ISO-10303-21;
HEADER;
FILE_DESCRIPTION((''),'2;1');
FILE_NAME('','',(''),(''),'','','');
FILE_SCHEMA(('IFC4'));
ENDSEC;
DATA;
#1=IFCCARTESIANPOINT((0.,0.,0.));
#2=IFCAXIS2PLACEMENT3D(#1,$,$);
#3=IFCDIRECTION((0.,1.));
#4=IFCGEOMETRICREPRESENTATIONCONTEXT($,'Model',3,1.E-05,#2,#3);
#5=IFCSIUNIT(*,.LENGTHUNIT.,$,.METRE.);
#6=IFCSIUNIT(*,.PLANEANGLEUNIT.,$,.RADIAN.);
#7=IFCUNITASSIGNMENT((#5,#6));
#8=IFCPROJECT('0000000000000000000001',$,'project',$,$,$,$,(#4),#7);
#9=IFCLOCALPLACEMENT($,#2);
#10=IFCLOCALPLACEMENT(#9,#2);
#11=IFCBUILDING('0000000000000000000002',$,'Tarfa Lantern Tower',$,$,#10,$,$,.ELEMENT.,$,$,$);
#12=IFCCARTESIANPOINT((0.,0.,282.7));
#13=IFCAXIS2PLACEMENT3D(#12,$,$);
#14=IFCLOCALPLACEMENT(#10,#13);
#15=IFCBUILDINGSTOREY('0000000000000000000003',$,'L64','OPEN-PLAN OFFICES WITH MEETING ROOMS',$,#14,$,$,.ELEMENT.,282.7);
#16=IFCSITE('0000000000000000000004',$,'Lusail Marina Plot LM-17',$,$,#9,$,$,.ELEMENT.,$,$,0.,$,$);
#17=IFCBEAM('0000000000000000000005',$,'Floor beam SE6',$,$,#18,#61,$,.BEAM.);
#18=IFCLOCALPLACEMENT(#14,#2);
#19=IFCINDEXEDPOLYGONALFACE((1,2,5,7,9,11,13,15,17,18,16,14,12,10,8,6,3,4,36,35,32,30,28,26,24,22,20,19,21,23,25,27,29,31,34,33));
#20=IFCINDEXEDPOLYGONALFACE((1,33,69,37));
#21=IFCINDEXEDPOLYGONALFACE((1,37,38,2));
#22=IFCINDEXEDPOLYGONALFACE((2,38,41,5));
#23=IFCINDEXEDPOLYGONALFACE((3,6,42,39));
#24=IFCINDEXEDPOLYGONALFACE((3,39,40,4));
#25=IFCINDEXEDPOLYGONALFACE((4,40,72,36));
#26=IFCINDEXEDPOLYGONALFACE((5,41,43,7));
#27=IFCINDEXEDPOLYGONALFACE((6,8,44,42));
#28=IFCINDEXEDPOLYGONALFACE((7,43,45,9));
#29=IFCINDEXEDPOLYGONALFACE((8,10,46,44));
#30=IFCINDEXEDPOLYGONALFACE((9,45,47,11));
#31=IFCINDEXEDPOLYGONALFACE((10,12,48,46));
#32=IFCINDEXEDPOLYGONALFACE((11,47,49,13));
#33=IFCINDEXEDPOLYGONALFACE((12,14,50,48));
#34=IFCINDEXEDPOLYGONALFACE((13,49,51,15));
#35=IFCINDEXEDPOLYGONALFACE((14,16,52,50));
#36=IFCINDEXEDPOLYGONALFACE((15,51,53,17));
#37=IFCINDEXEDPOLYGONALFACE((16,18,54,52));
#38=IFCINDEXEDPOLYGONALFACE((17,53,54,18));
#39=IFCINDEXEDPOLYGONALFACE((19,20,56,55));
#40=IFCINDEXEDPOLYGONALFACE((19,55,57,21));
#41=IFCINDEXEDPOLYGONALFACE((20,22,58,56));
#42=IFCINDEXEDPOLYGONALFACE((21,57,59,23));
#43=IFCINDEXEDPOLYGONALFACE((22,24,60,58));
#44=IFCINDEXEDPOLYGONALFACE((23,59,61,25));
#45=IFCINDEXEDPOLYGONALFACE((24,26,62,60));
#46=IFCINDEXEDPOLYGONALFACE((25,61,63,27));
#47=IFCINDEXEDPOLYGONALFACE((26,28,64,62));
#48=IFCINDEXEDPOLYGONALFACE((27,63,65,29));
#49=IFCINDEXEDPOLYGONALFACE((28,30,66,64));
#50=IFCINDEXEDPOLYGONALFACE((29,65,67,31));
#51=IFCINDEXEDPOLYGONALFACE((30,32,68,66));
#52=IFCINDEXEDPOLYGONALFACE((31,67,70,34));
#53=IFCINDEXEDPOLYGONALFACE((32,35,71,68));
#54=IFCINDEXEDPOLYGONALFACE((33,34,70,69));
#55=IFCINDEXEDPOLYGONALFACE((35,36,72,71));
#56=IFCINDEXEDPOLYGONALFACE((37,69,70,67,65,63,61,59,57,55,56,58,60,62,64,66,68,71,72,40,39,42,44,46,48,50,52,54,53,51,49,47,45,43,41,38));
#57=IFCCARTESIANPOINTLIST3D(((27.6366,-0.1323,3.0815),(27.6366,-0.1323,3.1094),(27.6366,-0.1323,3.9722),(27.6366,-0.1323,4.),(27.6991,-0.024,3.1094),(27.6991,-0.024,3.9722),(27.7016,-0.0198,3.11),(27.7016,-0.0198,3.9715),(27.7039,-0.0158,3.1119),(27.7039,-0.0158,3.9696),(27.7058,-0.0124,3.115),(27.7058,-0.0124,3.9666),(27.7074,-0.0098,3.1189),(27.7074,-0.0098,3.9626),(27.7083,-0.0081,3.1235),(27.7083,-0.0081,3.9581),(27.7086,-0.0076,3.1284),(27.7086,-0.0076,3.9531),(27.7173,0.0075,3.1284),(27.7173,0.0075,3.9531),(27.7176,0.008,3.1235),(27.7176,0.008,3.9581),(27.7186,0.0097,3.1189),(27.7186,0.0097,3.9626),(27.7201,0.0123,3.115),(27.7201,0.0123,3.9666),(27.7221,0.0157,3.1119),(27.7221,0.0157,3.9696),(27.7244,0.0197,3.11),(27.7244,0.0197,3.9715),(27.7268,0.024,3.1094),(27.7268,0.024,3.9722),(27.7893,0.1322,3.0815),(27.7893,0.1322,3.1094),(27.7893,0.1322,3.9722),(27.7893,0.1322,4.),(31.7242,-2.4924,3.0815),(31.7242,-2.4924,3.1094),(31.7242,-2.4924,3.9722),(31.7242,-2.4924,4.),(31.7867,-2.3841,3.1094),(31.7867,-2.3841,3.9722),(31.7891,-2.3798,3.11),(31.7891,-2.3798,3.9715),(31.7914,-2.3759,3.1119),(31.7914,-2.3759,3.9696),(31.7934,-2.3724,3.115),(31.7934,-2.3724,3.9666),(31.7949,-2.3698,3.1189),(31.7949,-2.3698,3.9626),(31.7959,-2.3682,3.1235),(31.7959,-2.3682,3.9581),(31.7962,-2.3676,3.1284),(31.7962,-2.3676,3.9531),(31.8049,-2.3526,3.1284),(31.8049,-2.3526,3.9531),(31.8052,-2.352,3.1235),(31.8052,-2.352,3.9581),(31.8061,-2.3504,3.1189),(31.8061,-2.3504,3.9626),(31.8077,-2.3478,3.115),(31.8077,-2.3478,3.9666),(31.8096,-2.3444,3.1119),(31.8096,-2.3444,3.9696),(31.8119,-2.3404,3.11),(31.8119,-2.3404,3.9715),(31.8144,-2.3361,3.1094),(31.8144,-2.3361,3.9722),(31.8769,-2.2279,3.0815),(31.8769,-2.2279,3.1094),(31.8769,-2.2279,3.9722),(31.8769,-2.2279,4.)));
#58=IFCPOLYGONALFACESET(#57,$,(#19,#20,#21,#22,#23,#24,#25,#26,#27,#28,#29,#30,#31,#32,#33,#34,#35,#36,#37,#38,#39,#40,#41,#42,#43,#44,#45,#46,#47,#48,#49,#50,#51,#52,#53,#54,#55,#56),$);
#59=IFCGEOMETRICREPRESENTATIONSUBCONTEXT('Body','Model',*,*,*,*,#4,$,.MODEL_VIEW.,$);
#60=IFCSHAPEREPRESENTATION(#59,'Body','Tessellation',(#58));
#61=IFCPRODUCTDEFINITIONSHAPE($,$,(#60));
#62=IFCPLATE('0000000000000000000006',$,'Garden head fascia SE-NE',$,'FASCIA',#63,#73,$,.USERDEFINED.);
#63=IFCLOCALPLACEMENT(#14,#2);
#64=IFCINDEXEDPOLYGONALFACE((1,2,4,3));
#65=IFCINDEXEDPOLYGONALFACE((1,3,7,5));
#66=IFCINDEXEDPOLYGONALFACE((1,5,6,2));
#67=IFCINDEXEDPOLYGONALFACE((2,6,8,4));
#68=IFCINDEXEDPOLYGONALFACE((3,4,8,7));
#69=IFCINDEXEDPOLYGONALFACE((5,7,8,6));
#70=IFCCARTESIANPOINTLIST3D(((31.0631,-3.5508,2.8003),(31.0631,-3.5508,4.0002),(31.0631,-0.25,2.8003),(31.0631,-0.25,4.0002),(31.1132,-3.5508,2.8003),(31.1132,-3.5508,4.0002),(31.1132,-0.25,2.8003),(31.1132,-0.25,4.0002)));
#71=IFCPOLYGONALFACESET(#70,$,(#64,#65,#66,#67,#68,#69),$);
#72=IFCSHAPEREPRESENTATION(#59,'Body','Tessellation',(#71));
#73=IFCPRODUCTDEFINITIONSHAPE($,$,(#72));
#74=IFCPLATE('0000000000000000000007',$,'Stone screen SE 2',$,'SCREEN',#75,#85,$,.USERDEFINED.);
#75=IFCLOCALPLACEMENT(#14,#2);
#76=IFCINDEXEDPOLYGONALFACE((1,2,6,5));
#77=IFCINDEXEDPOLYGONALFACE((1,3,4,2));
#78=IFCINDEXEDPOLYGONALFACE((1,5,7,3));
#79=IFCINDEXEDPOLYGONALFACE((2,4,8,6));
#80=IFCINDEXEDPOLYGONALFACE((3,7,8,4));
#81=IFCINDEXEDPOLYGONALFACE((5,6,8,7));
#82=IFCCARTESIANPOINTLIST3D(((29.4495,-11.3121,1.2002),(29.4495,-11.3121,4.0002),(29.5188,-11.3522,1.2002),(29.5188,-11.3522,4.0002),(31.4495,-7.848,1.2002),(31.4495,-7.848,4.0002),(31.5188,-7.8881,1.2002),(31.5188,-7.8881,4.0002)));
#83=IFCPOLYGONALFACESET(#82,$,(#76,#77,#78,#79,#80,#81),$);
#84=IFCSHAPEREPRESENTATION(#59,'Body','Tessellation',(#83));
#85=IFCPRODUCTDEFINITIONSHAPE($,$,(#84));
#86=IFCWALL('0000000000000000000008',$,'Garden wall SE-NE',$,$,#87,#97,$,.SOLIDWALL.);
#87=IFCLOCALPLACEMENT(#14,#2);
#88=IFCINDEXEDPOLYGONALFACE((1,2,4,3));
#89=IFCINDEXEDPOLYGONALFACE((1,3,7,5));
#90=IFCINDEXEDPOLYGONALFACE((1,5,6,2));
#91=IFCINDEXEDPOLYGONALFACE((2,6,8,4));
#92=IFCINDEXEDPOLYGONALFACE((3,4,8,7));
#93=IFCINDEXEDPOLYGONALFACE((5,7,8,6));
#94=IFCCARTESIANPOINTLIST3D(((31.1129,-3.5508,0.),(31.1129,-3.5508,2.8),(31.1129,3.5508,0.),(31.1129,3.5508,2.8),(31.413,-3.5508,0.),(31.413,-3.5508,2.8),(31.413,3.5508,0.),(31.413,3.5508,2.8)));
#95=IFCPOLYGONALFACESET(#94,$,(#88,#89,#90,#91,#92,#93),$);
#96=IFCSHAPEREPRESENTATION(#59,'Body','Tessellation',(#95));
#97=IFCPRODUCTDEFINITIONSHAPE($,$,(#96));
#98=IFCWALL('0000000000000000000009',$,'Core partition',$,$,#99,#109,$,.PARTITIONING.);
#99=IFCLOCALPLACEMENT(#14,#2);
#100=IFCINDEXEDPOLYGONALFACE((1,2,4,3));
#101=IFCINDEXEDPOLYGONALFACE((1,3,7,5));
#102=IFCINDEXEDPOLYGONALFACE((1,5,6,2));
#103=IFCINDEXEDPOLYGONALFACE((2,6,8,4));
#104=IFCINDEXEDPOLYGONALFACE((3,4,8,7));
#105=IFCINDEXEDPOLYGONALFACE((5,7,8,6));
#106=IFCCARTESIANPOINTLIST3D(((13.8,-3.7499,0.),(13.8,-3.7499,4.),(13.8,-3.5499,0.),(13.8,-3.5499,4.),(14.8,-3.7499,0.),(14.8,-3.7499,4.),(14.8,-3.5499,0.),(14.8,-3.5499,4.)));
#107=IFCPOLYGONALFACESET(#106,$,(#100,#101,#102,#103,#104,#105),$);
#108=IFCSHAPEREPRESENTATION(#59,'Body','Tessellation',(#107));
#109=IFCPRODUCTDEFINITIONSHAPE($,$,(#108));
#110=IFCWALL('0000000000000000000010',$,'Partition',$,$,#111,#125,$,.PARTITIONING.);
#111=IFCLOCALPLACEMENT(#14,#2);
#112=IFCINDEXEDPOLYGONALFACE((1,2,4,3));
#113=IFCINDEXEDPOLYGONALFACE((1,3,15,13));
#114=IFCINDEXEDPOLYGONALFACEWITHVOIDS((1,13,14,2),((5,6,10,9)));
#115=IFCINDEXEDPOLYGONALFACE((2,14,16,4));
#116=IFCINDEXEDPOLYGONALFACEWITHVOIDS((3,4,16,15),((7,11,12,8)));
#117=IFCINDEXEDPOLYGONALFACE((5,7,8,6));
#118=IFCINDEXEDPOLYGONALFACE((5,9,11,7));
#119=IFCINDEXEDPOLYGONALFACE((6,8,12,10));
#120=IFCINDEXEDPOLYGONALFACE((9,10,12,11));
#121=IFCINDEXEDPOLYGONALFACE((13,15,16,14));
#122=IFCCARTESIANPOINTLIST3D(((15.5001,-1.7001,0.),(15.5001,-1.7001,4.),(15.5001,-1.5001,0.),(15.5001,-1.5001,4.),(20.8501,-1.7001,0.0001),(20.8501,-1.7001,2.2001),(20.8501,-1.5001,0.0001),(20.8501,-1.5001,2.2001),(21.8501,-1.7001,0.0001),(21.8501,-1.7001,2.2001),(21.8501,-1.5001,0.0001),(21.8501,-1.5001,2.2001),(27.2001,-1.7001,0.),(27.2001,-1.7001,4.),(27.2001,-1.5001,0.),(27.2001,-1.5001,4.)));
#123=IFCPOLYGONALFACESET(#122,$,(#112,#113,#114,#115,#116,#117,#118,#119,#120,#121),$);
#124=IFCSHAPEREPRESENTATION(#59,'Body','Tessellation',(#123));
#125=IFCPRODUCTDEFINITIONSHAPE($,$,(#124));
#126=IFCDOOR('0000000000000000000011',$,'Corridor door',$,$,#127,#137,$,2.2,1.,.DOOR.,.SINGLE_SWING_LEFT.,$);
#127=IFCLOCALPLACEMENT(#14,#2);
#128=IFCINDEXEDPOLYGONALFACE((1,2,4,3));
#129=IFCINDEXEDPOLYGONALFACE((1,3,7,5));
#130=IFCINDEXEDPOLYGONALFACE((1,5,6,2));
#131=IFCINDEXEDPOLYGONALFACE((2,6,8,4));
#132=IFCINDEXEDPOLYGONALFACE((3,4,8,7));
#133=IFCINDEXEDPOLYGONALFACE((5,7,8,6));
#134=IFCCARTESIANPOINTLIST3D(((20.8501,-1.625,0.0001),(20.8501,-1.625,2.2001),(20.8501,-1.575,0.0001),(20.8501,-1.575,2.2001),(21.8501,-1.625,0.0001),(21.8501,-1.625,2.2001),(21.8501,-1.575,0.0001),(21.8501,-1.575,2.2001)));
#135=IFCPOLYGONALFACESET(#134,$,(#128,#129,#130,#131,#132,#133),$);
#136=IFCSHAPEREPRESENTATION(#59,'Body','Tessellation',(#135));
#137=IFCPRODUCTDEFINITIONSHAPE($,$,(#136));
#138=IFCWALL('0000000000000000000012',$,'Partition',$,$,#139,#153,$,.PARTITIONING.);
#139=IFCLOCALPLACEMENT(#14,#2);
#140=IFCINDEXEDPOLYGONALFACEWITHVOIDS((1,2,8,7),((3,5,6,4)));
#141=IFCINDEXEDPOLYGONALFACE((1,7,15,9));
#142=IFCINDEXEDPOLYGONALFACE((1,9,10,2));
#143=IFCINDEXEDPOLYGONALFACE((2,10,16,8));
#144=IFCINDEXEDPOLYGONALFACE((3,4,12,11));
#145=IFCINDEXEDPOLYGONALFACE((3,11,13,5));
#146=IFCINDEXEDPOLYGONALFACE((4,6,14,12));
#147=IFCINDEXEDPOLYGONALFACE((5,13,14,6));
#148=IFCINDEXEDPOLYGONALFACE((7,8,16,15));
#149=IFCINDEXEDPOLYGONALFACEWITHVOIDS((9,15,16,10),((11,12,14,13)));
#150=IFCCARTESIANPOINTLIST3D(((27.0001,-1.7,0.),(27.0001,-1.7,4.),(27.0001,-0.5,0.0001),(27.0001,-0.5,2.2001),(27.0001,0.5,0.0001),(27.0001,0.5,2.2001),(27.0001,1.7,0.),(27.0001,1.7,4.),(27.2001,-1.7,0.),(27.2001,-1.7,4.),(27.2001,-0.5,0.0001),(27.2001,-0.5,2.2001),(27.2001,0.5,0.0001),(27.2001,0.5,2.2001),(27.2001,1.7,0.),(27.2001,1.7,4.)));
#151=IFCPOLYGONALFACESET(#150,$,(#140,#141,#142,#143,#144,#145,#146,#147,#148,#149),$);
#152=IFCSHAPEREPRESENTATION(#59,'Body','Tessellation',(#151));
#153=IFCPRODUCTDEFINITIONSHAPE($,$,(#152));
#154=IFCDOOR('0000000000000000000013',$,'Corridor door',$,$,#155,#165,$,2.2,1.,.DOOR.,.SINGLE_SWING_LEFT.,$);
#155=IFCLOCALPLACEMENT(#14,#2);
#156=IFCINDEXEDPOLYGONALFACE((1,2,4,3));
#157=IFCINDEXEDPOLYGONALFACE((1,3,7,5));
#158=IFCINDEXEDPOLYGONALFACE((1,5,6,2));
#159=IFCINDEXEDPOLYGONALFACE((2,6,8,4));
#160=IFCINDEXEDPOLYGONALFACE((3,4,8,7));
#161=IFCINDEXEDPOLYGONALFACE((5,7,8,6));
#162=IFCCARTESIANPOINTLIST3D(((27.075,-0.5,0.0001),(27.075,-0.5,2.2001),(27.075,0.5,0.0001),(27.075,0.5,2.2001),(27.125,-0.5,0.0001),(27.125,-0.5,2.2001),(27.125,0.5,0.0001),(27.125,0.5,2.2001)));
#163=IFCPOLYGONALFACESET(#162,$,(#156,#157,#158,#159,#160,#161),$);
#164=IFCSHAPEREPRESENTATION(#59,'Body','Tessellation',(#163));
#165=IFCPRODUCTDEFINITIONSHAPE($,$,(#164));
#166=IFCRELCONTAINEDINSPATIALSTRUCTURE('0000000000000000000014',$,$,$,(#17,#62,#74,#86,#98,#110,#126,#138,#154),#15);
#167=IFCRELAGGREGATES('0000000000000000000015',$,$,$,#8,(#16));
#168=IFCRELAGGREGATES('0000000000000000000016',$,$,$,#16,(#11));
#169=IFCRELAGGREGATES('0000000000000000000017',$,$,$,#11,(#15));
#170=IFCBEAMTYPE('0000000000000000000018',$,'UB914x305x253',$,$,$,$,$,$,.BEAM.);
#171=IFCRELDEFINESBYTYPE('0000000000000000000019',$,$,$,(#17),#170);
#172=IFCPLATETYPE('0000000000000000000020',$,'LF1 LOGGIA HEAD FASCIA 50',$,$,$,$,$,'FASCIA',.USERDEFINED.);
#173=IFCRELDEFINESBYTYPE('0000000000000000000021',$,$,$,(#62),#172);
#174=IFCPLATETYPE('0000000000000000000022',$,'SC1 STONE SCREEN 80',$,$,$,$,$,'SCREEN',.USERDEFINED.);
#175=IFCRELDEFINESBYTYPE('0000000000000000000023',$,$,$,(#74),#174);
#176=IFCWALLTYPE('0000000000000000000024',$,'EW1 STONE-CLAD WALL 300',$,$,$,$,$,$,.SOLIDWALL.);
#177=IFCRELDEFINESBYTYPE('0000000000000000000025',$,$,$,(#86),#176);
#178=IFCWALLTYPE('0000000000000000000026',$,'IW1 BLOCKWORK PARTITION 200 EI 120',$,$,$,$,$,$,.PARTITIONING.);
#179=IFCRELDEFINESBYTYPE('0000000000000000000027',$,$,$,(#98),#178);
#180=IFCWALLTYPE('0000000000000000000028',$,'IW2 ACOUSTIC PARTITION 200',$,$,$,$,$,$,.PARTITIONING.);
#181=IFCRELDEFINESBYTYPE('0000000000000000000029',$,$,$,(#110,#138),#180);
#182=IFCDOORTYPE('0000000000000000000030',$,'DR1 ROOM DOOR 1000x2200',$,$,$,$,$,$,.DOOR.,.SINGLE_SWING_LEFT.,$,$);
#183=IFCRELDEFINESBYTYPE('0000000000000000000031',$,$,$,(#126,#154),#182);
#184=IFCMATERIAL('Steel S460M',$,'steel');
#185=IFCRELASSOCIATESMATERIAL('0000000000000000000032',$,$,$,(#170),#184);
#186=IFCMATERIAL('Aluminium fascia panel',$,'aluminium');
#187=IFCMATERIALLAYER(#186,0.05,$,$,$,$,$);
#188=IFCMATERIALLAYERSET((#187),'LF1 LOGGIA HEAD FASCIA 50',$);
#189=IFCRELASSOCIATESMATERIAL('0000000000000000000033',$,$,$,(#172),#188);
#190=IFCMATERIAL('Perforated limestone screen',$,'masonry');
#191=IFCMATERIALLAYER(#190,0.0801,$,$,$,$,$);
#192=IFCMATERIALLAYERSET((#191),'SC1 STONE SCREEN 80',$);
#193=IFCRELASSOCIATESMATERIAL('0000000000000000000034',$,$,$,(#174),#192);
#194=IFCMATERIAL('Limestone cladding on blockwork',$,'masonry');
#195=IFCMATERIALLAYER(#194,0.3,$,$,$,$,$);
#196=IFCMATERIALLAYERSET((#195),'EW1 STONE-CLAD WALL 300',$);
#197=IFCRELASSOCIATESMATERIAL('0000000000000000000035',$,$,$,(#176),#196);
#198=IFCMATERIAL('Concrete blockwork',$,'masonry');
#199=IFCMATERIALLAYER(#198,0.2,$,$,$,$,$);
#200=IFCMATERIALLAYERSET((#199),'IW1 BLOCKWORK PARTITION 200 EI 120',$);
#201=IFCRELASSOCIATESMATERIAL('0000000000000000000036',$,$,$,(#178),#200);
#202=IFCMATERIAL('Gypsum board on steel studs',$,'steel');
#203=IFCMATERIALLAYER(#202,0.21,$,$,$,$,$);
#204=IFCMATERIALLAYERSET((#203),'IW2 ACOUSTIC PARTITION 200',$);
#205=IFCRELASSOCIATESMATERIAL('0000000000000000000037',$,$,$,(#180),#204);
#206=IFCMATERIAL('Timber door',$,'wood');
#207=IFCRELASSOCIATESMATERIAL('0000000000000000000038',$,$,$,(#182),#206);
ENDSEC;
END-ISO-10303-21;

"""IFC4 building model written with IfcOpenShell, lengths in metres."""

from ifc_helpers import new_model, si_unit, direction, frame, frame_2d, origin, origin_2d, place, context, subcontext, project, spatial, rectangle, i_section, extrude, material, layer, layer_set, material_profile, profile_set, type_object, element, fill, save


model = new_model("IFC4")

# Units and contexts
model_context = context("Model", 3, precision=1e-05, world=origin(), true_north=direction((0.0, 1.0)))
body_context = subcontext(model_context, "Body", "Model", "MODEL_VIEW")
ifc_project = project(units=[si_unit("LENGTHUNIT", "METRE"), si_unit("PLANEANGLEUNIT", "RADIAN")], contexts=[model_context])

# Site, building, storey
site_placement = place(None, origin())
site = spatial("IfcSite", under=ifc_project, at=site_placement, Name="Lusail Marina Plot LM-17", CompositionType="ELEMENT", RefElevation=0.0)
building_placement = place(site_placement, origin())
building = spatial("IfcBuilding", under=site, at=building_placement, Name="Tarfa Lantern Tower", CompositionType="ELEMENT")
storey_placement = place(building_placement, frame((0.0, 0.0, 282.7)))
storey = spatial("IfcBuildingStorey", under=building, at=storey_placement, Name="L64", Description="OPEN-PLAN OFFICES WITH MEETING ROOMS", CompositionType="ELEMENT", Elevation=282.7)

# Beam
ifc_material_1 = material(Name="Steel S460M", Category="steel")
ifc_material_profile_1 = material_profile(ifc_material_1, i_section(OverallWidth=0.3054, OverallDepth=0.9185, WebThickness=0.0173, FlangeThickness=0.0278, FilletRadius=0.019, at=origin_2d()), Name="UB914x305x253")
ifc_profile_set_1 = profile_set([ifc_material_profile_1], Name="Steel S460M")
beam_type_1 = type_object("IfcBeamType", Name="UB914x305x253", PredefinedType="BEAM", material=ifc_profile_set_1)
beam_1_placement = place(storey_placement, frame((31.8005, -2.3601, 3.5408), z_axis=(-0.866016, 0.500016, 0.0), x_axis=(-0.500016, -0.866016, 0.0)))
element("IfcBeam", 1, at=beam_1_placement, inside=storey, type_object=beam_type_1, Name="Floor beam SE6", PredefinedType="BEAM", context=body_context, shape_type="SweptSolid", body=[
    extrude(i_section(OverallWidth=0.3054, OverallDepth=0.9185, WebThickness=0.0173, FlangeThickness=0.0278, FilletRadius=0.019, at=origin_2d()), origin(), (0.0, 0.0, 1.0), 4.72),
])

# Plates
ifc_material_2 = material(Name="Aluminium fascia panel", Category="aluminium")
ifc_layer_1 = layer(ifc_material_2, 0.05)
ifc_layer_set_1 = layer_set([ifc_layer_1], Name="LF1 LOGGIA HEAD FASCIA 50")
plate_type_1 = type_object("IfcPlateType", Name="LF1 LOGGIA HEAD FASCIA 50", ElementType="FASCIA", PredefinedType="USERDEFINED", material=ifc_layer_set_1)
plate_1_placement = place(storey_placement, frame((31.0881, -1.9004, 2.8003), z_axis=(0.0, 0.0, 1.0), x_axis=(0.0, 1.0, 0.0)))
element("IfcPlate", 2, at=plate_1_placement, inside=storey, type_object=plate_type_1, Name="Garden head fascia SE-NE", ObjectType="FASCIA", PredefinedType="USERDEFINED", context=body_context, shape_type="SweptSolid", body=[
    extrude(rectangle(XDim=3.3008, YDim=0.05, at=origin_2d()), origin(), (0.0, 0.0, 1.0), 1.2),
])
ifc_material_3 = material(Name="Perforated limestone screen", Category="masonry")
ifc_layer_2 = layer(ifc_material_3, 0.0801)
ifc_layer_set_2 = layer_set([ifc_layer_2], Name="SC1 STONE SCREEN 80")
plate_type_2 = type_object("IfcPlateType", Name="SC1 STONE SCREEN 80", ElementType="SCREEN", PredefinedType="USERDEFINED", material=ifc_layer_set_2)
plate_2_placement = place(storey_placement, frame((30.4841, -9.6001, 1.2002), z_axis=(0.0, 0.0, 1.0), x_axis=(0.5, 0.866025, 0.0)))
element("IfcPlate", 3, at=plate_2_placement, inside=storey, type_object=plate_type_2, Name="Stone screen SE 2", ObjectType="SCREEN", PredefinedType="USERDEFINED", context=body_context, shape_type="SweptSolid", body=[
    extrude(rectangle(XDim=4.0, YDim=0.0801, at=origin_2d()), origin(), (0.0, 0.0, 1.0), 2.8),
])

# Walls
ifc_material_4 = material(Name="Limestone cladding on blockwork", Category="masonry")
ifc_layer_3 = layer(ifc_material_4, 0.3)
ifc_layer_set_3 = layer_set([ifc_layer_3], Name="EW1 STONE-CLAD WALL 300")
wall_type_1 = type_object("IfcWallType", Name="EW1 STONE-CLAD WALL 300", PredefinedType="SOLIDWALL", material=ifc_layer_set_3)
wall_1_placement = place(storey_placement, frame((31.2629, -3.5508, 0.0), z_axis=(0.0, 0.0, 1.0), x_axis=(0.0, 1.0, 0.0)))
element("IfcWall", 4, at=wall_1_placement, inside=storey, type_object=wall_type_1, Name="Garden wall SE-NE", PredefinedType="SOLIDWALL", context=body_context, shape_type="SweptSolid", body=[
    extrude(rectangle(XDim=7.1016, YDim=0.3, at=frame_2d((3.5508, 0.0))), origin(), (0.0, 0.0, 1.0), 2.8),
])
ifc_material_5 = material(Name="Concrete blockwork", Category="masonry")
ifc_layer_4 = layer(ifc_material_5, 0.2)
ifc_layer_set_4 = layer_set([ifc_layer_4], Name="IW1 BLOCKWORK PARTITION 200 EI 120")
wall_type_2 = type_object("IfcWallType", Name="IW1 BLOCKWORK PARTITION 200 EI 120", PredefinedType="PARTITIONING", material=ifc_layer_set_4)
wall_2_placement = place(storey_placement, frame((14.8, -3.6499, 0.0), z_axis=(0.0, 0.0, 1.0), x_axis=(-1.0, 0.0, 0.0)))
element("IfcWall", 5, at=wall_2_placement, inside=storey, type_object=wall_type_2, Name="Core partition", PredefinedType="PARTITIONING", context=body_context, shape_type="SweptSolid", body=[
    extrude(rectangle(XDim=1.0, YDim=0.2, at=frame_2d((0.5, 0.0))), origin(), (0.0, 0.0, 1.0), 4.0),
])

# Walls, openings, doors
ifc_material_6 = material(Name="Gypsum board on steel studs", Category="steel")
ifc_layer_5 = layer(ifc_material_6, 0.21)
ifc_layer_set_5 = layer_set([ifc_layer_5], Name="IW2 ACOUSTIC PARTITION 200")
wall_type_3 = type_object("IfcWallType", Name="IW2 ACOUSTIC PARTITION 200", PredefinedType="PARTITIONING", material=ifc_layer_set_5)
wall_3_placement = place(storey_placement, frame((15.5, -1.6001, 0.0), z_axis=(0.0, 0.0, 1.0), x_axis=(1.0, 0.0, 0.0)))
wall_3 = element("IfcWall", 6, at=wall_3_placement, inside=storey, type_object=wall_type_3, Name="Partition", PredefinedType="PARTITIONING", context=body_context, shape_type="SweptSolid", body=[
    extrude(rectangle(XDim=11.7, YDim=0.2, at=frame_2d((5.8501, 0.0))), origin(), (0.0, 0.0, 1.0), 4.0),
])
opening_1_placement = place(wall_3_placement, frame((5.3501, 0.0, 0.0)))
opening_1 = element("IfcOpeningElement", 7, at=opening_1_placement, cuts=wall_3, PredefinedType="OPENING", context=body_context, shape_type="SweptSolid", body=[
    extrude(rectangle(XDim=1.0, YDim=2.2, at=frame_2d((0.5, 1.1001))), frame((0.0, 0.1099, 0.0), z_axis=(0.0, -1.0, 0.0), x_axis=(1.0, 0.0, 0.0)), (0.0, 0.0, 1.0), 0.22),
])
ifc_material_7 = material(Name="Timber door", Category="wood")
door_type_1 = type_object("IfcDoorType", Name="DR1 ROOM DOOR 1000x2200", OperationType="SINGLE_SWING_LEFT", PredefinedType="DOOR", material=ifc_material_7)
door_1_placement = place(opening_1_placement, frame((1.0, 0.0, 0.0), z_axis=(0.0, 0.0, 1.0), x_axis=(-1.0, 0.0, 0.0)))
door_1 = element("IfcDoor", 8, at=door_1_placement, inside=storey, type_object=door_type_1, Name="Corridor door", OperationType="SINGLE_SWING_LEFT", OverallHeight=2.2, OverallWidth=1.0, PredefinedType="DOOR", context=body_context, shape_type="SweptSolid", body=[
    extrude(rectangle(XDim=1.0, YDim=2.2, at=frame_2d((0.5, 1.1001))), frame((0.0, 0.0249, 0.0), z_axis=(0.0, -1.0, 0.0), x_axis=(1.0, 0.0, 0.0)), (0.0, 0.0, 1.0), 0.05),
])
fill(opening_1, door_1)
wall_4_placement = place(storey_placement, frame((27.1001, -1.7, 0.0), z_axis=(0.0, 0.0, 1.0), x_axis=(0.0, 1.0, 0.0)))
wall_4 = element("IfcWall", 9, at=wall_4_placement, inside=storey, type_object=wall_type_3, Name="Partition", PredefinedType="PARTITIONING", context=body_context, shape_type="SweptSolid", body=[
    extrude(rectangle(XDim=3.3999, YDim=0.2, at=frame_2d((1.7, 0.0))), origin(), (0.0, 0.0, 1.0), 4.0),
])
opening_2_placement = place(wall_4_placement, frame((1.2, 0.0, 0.0)))
opening_2 = element("IfcOpeningElement", 10, at=opening_2_placement, cuts=wall_4, PredefinedType="OPENING", context=body_context, shape_type="SweptSolid", body=[
    extrude(rectangle(XDim=1.0, YDim=2.2, at=frame_2d((0.5, 1.1001))), frame((0.0, 0.1099, 0.0), z_axis=(0.0, -1.0, 0.0), x_axis=(1.0, 0.0, 0.0)), (0.0, 0.0, 1.0), 0.22),
])
door_2_placement = place(opening_2_placement, frame((1.0, 0.0, 0.0), z_axis=(0.0, 0.0, 1.0), x_axis=(-1.0, 0.0, 0.0)))
door_2 = element("IfcDoor", 11, at=door_2_placement, inside=storey, type_object=door_type_1, Name="Corridor door", OperationType="SINGLE_SWING_LEFT", OverallHeight=2.2, OverallWidth=1.0, PredefinedType="DOOR", context=body_context, shape_type="SweptSolid", body=[
    extrude(rectangle(XDim=1.0, YDim=2.2, at=frame_2d((0.5, 1.1001))), frame((0.0, 0.0249, 0.0), z_axis=(0.0, -1.0, 0.0), x_axis=(1.0, 0.0, 0.0)), (0.0, 0.0, 1.0), 0.05),
])
fill(opening_2, door_2)

save(model, "model.ifc")
